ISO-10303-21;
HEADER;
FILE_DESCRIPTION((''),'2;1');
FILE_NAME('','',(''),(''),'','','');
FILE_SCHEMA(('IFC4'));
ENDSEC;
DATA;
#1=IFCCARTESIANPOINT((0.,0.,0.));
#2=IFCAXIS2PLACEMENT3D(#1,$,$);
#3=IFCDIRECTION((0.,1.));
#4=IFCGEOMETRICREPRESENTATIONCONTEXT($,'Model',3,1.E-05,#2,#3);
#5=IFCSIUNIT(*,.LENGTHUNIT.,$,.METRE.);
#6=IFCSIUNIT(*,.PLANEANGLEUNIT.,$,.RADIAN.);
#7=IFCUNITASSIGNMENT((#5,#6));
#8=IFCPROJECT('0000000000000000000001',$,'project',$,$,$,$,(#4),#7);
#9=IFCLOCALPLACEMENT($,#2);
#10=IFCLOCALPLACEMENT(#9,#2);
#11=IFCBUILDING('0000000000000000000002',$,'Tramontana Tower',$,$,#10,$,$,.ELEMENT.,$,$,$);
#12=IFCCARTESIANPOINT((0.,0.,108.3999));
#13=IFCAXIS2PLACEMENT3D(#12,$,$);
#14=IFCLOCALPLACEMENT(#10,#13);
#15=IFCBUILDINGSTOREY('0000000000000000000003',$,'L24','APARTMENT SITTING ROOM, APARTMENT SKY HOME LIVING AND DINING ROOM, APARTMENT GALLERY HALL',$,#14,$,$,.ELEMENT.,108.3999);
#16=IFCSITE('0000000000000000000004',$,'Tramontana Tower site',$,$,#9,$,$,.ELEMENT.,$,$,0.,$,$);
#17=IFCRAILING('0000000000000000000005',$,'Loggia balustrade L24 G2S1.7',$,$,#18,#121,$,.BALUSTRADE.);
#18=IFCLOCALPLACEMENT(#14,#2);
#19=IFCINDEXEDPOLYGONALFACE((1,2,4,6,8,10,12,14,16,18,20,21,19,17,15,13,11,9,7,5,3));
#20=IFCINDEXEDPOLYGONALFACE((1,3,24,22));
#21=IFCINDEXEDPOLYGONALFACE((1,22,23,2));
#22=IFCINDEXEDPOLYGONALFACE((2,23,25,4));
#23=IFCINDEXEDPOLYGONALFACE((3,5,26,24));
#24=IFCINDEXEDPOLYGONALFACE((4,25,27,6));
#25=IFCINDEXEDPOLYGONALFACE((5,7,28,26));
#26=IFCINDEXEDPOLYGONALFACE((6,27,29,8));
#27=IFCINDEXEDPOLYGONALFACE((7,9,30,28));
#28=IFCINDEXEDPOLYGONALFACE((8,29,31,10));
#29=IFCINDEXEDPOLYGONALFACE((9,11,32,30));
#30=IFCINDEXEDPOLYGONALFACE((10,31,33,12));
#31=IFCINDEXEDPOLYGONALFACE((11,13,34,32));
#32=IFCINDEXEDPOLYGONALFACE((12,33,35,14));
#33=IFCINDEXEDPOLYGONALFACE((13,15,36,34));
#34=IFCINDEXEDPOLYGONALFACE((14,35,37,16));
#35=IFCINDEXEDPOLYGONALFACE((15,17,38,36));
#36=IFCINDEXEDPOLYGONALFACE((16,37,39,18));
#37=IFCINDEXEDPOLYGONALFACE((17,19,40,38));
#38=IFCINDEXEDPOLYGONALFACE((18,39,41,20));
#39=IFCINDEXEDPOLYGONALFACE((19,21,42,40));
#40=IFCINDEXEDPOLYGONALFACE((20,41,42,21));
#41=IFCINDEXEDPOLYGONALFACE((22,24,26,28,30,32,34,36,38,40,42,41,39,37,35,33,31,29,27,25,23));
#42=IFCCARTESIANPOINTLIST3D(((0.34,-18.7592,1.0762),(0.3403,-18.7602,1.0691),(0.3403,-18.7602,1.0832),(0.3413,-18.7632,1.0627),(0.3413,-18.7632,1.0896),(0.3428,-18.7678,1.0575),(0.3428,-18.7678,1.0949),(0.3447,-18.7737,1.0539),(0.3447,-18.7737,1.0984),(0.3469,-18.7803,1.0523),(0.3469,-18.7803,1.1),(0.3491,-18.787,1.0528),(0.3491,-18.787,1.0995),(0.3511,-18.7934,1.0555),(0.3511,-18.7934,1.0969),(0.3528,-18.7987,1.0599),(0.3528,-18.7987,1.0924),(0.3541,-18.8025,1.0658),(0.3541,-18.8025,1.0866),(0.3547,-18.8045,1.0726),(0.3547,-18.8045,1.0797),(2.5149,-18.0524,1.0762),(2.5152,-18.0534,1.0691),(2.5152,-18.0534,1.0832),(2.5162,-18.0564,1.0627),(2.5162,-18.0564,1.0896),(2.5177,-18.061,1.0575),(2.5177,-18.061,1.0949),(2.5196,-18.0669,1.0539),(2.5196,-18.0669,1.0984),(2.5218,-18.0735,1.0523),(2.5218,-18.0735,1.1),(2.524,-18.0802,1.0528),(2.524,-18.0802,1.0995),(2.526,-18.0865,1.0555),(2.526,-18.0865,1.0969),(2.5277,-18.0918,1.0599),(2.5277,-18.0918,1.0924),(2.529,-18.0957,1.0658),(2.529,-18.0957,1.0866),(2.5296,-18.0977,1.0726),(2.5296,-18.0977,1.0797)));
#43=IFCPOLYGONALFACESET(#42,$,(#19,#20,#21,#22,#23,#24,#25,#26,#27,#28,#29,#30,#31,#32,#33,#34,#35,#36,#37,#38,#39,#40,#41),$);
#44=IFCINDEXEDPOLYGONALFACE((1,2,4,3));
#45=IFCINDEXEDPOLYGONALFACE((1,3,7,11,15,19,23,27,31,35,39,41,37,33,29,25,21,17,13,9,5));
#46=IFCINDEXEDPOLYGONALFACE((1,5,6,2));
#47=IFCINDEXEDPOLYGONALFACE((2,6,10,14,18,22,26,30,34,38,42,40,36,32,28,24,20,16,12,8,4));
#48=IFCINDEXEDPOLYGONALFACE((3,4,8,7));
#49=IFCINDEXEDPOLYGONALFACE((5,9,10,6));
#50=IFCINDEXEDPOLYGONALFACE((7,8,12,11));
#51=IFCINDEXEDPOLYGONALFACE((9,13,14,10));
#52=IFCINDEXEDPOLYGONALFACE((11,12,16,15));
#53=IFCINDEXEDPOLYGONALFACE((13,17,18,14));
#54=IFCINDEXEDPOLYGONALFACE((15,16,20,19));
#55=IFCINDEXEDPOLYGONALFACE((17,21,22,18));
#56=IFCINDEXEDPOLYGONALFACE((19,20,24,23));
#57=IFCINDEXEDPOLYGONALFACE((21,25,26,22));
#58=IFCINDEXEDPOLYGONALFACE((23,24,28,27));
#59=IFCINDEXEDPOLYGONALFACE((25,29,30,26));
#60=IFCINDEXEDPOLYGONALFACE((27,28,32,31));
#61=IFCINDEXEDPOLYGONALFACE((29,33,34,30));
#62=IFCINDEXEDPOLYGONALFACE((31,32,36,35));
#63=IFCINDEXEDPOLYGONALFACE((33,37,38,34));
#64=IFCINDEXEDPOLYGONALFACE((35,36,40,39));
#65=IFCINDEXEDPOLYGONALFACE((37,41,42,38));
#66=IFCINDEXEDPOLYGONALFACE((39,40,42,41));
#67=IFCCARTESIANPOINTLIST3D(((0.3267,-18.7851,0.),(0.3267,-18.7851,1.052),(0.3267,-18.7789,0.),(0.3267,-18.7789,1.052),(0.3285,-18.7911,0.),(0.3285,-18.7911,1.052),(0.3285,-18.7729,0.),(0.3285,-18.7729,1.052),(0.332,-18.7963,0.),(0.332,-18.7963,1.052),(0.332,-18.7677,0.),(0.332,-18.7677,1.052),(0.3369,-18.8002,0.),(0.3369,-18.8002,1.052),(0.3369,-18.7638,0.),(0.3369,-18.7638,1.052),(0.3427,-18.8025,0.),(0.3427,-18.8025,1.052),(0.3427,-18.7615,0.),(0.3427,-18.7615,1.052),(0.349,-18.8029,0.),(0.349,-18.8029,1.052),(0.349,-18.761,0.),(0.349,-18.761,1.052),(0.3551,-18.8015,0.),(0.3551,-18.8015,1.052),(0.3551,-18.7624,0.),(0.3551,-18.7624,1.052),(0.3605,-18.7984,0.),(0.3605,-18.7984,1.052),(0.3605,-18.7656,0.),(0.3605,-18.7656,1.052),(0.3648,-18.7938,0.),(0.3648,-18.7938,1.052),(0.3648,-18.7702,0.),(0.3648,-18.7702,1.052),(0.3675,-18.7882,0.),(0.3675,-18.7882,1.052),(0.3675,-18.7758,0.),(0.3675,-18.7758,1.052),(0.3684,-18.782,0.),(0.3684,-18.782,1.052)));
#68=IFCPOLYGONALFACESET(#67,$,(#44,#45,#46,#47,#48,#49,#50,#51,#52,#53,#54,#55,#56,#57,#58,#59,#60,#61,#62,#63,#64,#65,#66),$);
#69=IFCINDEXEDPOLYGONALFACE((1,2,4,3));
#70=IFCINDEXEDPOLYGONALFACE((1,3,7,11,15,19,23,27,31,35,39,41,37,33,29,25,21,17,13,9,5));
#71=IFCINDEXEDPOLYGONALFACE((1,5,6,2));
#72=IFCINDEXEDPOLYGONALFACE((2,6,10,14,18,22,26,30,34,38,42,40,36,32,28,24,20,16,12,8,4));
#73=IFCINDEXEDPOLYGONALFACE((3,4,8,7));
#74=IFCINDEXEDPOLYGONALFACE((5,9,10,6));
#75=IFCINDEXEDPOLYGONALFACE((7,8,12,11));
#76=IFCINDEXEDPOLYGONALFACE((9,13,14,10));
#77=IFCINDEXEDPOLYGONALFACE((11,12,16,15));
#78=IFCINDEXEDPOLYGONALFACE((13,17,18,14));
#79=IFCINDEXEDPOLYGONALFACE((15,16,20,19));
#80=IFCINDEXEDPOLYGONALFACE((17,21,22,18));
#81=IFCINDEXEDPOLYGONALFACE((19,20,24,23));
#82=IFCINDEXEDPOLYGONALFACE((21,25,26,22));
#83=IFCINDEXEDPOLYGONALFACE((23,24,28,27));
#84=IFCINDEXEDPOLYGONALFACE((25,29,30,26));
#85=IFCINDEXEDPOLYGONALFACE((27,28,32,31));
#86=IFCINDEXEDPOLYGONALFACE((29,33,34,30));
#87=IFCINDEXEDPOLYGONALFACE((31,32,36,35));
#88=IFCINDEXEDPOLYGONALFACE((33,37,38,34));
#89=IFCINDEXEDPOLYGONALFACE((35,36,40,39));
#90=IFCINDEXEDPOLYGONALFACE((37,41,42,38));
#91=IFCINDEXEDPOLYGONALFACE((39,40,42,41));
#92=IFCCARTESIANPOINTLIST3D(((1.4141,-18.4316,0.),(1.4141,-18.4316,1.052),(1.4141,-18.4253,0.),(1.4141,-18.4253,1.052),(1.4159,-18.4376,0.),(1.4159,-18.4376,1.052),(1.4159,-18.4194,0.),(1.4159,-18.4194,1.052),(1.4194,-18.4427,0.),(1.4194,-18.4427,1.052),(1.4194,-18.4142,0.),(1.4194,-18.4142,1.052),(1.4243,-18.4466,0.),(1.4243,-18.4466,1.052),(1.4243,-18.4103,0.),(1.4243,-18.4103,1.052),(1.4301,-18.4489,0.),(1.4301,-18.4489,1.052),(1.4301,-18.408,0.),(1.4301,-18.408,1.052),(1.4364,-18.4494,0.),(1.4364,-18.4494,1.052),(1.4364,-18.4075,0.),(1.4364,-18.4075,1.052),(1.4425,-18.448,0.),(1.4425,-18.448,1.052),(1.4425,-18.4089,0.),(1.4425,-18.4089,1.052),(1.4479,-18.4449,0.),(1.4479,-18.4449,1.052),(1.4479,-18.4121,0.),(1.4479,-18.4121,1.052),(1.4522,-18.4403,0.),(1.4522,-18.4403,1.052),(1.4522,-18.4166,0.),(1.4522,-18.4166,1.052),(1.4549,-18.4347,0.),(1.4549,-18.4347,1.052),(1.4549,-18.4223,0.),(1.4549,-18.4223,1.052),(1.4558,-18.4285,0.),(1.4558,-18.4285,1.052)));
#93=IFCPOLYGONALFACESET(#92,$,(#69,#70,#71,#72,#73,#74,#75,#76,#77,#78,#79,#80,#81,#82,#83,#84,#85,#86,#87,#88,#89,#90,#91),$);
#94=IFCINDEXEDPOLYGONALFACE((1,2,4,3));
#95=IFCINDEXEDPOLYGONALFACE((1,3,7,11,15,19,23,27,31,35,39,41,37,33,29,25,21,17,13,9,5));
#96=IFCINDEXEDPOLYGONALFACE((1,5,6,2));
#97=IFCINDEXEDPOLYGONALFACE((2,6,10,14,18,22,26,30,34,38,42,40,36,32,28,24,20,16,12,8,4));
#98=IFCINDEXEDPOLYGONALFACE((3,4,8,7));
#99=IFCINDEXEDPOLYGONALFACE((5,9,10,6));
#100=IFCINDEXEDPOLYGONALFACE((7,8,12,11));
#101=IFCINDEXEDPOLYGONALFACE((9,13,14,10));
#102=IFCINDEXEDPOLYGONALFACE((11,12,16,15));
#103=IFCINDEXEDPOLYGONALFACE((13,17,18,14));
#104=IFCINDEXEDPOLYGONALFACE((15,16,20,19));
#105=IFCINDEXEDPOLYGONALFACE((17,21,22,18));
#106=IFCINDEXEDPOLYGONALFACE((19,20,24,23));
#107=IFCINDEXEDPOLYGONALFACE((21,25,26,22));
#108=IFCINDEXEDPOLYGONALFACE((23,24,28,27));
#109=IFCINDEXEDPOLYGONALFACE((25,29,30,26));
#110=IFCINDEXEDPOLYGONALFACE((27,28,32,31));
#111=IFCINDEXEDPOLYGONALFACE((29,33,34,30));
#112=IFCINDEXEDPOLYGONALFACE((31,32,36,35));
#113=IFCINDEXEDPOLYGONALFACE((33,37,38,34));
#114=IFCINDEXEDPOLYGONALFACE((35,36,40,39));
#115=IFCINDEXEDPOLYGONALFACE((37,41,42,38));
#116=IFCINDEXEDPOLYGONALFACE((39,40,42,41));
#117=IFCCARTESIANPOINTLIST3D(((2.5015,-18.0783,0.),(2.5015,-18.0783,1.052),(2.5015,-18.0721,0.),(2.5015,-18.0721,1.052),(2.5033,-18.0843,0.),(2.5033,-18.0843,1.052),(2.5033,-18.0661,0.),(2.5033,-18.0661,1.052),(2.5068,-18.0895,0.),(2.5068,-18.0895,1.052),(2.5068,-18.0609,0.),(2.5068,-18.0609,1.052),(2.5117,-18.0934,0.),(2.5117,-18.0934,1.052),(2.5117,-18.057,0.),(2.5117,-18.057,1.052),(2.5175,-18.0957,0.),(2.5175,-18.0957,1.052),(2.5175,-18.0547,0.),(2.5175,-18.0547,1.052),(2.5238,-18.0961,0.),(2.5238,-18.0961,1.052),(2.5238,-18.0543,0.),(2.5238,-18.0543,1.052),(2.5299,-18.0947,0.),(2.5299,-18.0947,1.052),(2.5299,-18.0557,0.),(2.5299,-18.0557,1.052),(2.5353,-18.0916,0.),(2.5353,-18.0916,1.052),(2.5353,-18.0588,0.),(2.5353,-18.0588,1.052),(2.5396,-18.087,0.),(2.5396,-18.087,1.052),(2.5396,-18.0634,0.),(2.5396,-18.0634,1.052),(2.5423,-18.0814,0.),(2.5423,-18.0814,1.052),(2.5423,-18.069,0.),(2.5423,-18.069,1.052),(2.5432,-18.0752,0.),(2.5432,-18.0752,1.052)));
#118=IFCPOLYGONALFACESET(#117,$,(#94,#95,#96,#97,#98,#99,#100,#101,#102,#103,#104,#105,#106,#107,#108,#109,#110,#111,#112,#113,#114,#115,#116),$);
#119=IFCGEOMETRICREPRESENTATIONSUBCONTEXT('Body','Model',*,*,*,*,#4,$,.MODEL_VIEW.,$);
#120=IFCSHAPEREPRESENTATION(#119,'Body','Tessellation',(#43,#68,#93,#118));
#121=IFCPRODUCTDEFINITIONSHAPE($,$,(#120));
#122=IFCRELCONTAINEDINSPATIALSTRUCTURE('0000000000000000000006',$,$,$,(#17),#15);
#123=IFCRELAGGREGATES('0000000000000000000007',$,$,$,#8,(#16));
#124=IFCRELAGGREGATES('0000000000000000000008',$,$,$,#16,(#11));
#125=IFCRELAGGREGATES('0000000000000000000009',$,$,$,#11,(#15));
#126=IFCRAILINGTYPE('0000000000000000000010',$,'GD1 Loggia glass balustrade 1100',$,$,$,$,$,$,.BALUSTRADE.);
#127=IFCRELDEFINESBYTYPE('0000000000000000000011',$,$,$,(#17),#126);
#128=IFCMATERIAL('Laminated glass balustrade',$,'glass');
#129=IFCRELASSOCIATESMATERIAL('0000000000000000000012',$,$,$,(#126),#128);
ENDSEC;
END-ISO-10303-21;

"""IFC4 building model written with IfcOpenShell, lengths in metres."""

from ifc_helpers import new_model, si_unit, direction, frame, origin, origin_2d, place, context, subcontext, project, spatial, circle, extrude, material, type_object, element, save


model = new_model("IFC4")

# Units and contexts
model_context = context("Model", 3, precision=1e-05, world=origin(), true_north=direction((0.0, 1.0)))
body_context = subcontext(model_context, "Body", "Model", "MODEL_VIEW")
ifc_project = project(units=[si_unit("LENGTHUNIT", "METRE"), si_unit("PLANEANGLEUNIT", "RADIAN")], contexts=[model_context])

# Site, building, storey
site_placement = place(None, origin())
site = spatial("IfcSite", under=ifc_project, at=site_placement, Name="Tramontana Tower site", CompositionType="ELEMENT", RefElevation=0.0)
building_placement = place(site_placement, origin())
building = spatial("IfcBuilding", under=site, at=building_placement, Name="Tramontana Tower", CompositionType="ELEMENT")
storey_placement = place(building_placement, frame((0.0, 0.0, 108.3999)))
storey = spatial("IfcBuildingStorey", under=building, at=storey_placement, Name="L24", Description="APARTMENT SITTING ROOM, APARTMENT SKY HOME LIVING AND DINING ROOM, APARTMENT GALLERY HALL", CompositionType="ELEMENT", Elevation=108.3999)

# Railing
ifc_material_1 = material(Name="Laminated glass balustrade", Category="glass")
railing_type = type_object("IfcRailingType", Name="GD1 Loggia glass balustrade 1100", PredefinedType="BALUSTRADE", material=ifc_material_1)
railing_1_placement = place(storey_placement, frame((0.3474, -18.782, 0.0)))
element("IfcRailing", 1, at=railing_1_placement, inside=storey, type_object=railing_type, Name="Loggia balustrade L24 G2S1.7", PredefinedType="BALUSTRADE", context=body_context, shape_type="SweptSolid", body=[
    extrude(circle(Radius=0.0239, at=origin_2d()), frame((0.0, 0.0, 1.0762), z_axis=(0.951037, 0.309076, 0.0), x_axis=(-0.309076, 0.951037, 0.0)), (0.0, 0.0, 1.0), 2.2869),
    extrude(circle(Radius=0.021, at=origin_2d()), origin(), (0.0, 0.0, 1.0), 1.052),
    extrude(circle(Radius=0.021, at=origin_2d()), frame((1.0874, 0.3535, 0.0)), (0.0, 0.0, 1.0), 1.052),
    extrude(circle(Radius=0.021, at=origin_2d()), frame((2.1748, 0.7068, 0.0)), (0.0, 0.0, 1.0), 1.052),
])

save(model, "model.ifc")
